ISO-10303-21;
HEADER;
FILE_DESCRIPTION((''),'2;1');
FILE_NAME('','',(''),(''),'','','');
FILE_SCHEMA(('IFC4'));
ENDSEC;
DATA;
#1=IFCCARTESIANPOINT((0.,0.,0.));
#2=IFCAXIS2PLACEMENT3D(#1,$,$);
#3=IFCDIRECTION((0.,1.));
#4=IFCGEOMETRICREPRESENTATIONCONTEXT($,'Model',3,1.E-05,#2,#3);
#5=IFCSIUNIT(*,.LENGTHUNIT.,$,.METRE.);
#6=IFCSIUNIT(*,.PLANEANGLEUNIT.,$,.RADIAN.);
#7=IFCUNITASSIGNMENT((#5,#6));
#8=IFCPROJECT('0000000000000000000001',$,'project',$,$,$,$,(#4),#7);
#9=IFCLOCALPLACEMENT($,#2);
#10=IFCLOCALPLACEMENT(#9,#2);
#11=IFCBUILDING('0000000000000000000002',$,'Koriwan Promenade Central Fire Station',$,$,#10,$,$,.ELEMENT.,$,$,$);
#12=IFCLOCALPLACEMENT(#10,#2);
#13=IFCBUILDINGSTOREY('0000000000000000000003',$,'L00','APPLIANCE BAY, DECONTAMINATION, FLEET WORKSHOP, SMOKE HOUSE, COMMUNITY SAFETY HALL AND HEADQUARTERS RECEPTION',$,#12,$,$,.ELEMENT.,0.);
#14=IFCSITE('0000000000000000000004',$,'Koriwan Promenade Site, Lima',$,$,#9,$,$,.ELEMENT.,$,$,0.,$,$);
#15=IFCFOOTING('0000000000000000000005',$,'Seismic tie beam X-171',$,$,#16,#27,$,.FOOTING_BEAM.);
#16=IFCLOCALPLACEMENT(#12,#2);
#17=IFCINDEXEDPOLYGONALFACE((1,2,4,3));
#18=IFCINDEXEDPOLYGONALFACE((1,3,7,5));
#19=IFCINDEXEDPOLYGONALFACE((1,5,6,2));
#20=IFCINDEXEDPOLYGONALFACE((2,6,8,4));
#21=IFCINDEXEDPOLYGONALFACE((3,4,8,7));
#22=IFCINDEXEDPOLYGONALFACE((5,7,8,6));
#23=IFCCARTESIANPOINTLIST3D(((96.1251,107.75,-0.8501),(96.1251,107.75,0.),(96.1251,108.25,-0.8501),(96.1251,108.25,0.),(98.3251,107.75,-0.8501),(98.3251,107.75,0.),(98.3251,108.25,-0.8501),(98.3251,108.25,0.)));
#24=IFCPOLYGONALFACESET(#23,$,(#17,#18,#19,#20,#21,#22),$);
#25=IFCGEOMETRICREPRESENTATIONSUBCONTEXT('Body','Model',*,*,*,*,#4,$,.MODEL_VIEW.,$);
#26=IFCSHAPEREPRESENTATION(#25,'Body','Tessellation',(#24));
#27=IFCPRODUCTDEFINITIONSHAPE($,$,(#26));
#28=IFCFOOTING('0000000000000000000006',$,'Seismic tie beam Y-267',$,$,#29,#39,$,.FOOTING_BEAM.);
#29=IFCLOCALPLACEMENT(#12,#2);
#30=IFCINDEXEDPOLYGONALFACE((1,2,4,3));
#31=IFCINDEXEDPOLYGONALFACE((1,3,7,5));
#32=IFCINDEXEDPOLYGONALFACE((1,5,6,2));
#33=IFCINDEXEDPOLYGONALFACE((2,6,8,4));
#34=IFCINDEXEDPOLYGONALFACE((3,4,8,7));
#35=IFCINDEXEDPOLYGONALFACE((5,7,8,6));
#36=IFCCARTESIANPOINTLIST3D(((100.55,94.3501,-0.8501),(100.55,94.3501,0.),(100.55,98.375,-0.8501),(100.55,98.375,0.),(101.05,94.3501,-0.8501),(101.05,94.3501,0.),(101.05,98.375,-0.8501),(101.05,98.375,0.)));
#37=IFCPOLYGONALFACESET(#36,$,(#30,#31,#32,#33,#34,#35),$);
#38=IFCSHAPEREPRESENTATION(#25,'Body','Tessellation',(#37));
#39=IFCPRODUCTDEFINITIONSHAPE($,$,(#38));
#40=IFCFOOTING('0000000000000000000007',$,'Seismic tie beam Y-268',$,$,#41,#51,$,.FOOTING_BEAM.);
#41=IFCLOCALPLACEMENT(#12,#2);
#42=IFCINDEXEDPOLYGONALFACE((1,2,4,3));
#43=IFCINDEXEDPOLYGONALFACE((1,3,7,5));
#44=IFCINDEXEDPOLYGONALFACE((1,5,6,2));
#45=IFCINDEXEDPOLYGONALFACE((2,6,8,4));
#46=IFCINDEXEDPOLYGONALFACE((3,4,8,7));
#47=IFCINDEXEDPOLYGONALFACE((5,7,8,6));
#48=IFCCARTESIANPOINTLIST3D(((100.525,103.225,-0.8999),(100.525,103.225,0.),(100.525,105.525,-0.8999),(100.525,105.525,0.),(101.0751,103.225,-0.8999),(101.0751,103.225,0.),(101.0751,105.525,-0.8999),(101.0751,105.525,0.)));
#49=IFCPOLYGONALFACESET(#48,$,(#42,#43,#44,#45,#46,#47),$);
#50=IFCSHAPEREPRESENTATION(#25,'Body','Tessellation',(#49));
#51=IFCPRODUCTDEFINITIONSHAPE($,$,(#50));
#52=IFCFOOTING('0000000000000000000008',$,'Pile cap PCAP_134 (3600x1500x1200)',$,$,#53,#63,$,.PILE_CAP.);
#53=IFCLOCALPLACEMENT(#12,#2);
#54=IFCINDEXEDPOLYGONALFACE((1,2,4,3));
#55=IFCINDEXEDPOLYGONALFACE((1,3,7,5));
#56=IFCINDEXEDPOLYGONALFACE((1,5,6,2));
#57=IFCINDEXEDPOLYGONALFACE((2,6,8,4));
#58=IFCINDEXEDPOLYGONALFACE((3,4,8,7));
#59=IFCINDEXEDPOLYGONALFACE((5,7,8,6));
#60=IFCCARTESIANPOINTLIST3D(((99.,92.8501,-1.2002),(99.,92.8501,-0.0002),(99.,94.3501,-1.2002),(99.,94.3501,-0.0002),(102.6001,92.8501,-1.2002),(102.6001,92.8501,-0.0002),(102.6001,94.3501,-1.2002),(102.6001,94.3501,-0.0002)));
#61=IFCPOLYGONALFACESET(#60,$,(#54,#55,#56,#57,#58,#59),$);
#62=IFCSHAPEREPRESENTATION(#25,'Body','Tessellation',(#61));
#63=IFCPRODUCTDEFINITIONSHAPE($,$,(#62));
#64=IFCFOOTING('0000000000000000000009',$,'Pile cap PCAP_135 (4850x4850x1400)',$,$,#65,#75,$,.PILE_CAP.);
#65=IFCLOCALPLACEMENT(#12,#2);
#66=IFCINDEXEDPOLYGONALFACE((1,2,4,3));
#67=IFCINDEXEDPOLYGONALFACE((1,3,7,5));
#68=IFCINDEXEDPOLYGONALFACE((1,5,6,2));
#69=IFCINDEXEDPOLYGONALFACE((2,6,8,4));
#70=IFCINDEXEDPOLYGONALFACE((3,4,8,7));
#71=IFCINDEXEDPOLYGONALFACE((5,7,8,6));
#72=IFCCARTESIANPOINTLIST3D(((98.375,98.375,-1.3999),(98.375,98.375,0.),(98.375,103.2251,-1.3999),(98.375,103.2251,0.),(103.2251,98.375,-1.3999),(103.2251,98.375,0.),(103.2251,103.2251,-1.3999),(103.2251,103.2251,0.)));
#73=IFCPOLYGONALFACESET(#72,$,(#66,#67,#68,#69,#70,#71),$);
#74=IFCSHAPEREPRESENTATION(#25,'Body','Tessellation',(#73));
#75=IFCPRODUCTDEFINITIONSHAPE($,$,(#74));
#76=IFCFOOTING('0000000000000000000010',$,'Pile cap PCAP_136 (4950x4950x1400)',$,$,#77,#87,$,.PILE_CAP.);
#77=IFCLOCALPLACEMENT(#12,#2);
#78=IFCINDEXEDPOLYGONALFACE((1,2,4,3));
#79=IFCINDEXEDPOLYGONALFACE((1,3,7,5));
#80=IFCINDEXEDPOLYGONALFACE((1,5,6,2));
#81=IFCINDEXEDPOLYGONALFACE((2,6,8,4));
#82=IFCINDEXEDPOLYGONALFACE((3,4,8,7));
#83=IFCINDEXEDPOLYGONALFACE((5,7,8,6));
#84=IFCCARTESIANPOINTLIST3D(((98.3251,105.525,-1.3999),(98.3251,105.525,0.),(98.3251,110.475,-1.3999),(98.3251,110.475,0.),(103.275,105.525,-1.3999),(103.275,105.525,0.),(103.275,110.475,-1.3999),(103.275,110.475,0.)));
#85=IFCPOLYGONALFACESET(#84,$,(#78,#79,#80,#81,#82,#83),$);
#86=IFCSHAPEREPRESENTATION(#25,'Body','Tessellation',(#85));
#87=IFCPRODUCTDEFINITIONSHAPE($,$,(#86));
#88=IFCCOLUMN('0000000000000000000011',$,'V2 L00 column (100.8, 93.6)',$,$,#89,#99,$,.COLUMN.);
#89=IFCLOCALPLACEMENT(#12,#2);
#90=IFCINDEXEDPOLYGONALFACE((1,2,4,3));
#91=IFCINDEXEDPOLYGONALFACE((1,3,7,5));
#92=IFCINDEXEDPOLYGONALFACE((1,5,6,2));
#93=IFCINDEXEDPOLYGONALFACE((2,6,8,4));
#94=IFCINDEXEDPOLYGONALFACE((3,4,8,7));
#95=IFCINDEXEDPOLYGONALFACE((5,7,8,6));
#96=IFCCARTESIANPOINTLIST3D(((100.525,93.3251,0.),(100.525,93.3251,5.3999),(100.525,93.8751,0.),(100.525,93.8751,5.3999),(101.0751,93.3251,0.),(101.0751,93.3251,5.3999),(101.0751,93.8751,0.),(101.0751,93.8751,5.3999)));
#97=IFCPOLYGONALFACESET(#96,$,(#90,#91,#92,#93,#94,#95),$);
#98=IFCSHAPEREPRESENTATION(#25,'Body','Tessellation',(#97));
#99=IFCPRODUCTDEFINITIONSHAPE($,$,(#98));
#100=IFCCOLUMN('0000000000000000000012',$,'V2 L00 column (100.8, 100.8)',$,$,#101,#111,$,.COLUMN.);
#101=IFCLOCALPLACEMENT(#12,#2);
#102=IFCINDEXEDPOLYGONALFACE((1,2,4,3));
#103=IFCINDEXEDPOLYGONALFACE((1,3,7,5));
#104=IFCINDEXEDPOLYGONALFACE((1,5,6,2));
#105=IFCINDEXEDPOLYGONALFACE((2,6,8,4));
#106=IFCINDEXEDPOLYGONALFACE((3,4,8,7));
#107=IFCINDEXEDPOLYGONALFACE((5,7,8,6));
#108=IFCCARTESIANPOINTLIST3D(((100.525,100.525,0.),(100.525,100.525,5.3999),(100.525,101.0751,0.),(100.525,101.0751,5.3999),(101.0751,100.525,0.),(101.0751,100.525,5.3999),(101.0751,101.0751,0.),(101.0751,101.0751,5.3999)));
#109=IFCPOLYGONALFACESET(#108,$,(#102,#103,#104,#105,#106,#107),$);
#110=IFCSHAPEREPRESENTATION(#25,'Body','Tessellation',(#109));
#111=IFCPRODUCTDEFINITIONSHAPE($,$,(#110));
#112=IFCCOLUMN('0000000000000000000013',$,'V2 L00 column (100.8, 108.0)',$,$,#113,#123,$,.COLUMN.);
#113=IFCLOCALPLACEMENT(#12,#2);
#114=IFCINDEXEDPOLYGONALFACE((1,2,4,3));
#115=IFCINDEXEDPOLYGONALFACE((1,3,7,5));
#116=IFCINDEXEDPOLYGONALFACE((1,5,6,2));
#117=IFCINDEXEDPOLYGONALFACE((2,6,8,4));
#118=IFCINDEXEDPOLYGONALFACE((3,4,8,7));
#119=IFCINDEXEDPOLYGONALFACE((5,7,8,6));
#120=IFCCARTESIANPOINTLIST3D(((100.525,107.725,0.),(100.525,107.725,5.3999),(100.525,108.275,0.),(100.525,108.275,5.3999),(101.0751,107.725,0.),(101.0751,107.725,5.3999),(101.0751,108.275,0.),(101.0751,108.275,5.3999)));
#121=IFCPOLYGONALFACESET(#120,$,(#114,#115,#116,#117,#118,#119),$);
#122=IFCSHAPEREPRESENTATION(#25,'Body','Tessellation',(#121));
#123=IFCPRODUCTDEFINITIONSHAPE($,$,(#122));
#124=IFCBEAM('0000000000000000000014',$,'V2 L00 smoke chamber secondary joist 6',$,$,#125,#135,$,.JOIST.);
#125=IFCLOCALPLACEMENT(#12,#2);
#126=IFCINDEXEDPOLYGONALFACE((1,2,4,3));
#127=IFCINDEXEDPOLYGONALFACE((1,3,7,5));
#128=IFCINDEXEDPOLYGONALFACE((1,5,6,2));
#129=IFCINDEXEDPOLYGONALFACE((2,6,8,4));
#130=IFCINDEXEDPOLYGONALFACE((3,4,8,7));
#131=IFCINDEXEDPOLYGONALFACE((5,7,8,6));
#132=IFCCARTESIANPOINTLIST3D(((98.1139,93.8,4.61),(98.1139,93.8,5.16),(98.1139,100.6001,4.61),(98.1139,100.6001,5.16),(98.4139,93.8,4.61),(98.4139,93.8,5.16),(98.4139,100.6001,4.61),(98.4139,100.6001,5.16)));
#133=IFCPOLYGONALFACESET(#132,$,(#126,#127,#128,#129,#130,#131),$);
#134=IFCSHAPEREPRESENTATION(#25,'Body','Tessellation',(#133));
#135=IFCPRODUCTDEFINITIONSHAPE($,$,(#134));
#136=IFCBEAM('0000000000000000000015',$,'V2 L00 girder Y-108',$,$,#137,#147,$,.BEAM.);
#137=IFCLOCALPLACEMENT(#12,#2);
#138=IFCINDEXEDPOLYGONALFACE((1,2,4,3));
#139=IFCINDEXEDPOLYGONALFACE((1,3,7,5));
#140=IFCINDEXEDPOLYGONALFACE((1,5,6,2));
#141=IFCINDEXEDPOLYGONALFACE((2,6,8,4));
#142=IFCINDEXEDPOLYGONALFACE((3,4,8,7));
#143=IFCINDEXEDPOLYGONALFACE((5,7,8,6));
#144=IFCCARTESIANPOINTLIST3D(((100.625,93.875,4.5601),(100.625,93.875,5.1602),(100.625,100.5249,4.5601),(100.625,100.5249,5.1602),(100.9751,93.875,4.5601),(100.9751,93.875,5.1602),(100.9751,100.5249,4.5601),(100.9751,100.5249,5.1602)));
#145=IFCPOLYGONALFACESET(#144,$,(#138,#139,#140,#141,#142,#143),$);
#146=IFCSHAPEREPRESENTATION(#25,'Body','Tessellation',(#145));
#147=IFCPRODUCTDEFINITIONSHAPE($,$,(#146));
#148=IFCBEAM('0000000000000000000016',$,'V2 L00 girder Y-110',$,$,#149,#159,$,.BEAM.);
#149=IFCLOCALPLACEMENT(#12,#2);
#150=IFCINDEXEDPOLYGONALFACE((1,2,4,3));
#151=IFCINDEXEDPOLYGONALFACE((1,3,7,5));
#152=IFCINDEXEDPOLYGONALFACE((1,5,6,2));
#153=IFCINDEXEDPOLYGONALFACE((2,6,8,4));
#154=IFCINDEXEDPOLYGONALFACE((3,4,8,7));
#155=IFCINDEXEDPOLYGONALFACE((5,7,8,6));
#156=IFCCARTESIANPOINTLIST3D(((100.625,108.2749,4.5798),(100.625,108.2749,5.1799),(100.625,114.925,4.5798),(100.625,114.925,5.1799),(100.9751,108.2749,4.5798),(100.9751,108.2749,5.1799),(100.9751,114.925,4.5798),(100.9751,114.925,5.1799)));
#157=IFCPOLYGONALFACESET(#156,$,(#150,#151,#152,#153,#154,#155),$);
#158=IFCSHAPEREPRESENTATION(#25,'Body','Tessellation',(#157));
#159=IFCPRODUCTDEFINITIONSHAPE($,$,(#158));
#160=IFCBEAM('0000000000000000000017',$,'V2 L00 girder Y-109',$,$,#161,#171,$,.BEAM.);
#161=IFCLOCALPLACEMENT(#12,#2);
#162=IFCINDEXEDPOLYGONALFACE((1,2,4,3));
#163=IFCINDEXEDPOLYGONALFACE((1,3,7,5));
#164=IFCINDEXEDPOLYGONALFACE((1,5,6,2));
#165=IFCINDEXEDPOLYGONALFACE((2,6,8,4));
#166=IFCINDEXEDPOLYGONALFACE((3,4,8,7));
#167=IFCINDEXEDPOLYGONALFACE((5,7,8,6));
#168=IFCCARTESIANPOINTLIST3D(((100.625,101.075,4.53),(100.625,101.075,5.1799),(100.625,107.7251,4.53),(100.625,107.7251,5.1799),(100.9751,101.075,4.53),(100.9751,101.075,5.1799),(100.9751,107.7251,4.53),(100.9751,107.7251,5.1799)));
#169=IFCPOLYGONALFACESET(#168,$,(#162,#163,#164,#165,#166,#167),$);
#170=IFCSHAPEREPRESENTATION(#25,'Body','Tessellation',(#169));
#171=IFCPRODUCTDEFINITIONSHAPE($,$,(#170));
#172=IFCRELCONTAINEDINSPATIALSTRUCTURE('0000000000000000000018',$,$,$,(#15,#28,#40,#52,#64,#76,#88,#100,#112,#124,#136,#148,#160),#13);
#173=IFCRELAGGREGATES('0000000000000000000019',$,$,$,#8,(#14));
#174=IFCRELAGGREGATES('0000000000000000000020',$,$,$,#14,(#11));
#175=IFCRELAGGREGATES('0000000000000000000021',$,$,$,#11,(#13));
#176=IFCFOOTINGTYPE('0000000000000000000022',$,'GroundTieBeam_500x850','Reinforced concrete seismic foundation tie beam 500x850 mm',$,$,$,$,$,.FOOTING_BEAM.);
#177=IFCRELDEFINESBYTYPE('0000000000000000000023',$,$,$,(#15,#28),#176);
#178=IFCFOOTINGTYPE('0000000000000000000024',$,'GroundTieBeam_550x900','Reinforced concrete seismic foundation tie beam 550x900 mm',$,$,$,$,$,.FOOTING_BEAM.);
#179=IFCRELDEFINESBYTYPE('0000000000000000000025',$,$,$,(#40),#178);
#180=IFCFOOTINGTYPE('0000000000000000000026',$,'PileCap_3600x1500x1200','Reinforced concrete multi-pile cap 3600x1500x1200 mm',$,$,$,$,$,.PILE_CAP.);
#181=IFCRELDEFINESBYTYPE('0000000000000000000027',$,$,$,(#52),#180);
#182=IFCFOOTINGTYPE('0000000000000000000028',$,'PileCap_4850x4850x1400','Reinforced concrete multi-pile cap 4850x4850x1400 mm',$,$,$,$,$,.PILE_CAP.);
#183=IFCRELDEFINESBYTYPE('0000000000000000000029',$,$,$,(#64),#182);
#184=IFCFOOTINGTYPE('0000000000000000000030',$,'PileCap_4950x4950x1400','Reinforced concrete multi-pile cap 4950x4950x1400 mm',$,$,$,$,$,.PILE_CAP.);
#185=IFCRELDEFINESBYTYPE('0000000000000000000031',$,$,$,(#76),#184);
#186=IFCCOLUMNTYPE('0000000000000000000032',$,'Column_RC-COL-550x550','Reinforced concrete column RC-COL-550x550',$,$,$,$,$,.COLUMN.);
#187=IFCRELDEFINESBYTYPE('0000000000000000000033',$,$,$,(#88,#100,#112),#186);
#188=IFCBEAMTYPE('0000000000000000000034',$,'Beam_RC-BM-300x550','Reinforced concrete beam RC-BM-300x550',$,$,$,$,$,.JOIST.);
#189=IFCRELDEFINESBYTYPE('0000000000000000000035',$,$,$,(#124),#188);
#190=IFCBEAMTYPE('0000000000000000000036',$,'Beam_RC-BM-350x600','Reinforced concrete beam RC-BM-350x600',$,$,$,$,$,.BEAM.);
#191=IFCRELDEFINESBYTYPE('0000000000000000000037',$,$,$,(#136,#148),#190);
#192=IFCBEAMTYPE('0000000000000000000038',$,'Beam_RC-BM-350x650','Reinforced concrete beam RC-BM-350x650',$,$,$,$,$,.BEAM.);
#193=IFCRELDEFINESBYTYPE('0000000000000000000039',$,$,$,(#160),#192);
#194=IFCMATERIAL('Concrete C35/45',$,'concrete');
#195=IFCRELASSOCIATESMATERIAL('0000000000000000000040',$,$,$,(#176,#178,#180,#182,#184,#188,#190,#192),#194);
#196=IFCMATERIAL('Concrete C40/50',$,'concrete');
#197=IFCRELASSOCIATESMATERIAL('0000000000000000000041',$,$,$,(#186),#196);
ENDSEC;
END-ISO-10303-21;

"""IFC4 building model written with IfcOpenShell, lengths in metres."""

from ifc_helpers import new_model, si_unit, direction, frame, origin, origin_2d, place, context, subcontext, project, spatial, rectangle, extrude, material, material_profile, profile_set, type_object, element, save


model = new_model("IFC4")

# Units and contexts
model_context = context("Model", 3, precision=1e-05, world=origin(), true_north=direction((0.0, 1.0)))
body_context = subcontext(model_context, "Body", "Model", "MODEL_VIEW")
ifc_project = project(units=[si_unit("LENGTHUNIT", "METRE"), si_unit("PLANEANGLEUNIT", "RADIAN")], contexts=[model_context])

# Site, building, storey
site_placement = place(None, origin())
site = spatial("IfcSite", under=ifc_project, at=site_placement, Name="Koriwan Promenade Site, Lima", CompositionType="ELEMENT", RefElevation=0.0)
building_placement = place(site_placement, origin())
building = spatial("IfcBuilding", under=site, at=building_placement, Name="Koriwan Promenade Central Fire Station", CompositionType="ELEMENT")
storey_placement = place(building_placement, origin())
storey = spatial("IfcBuildingStorey", under=building, at=storey_placement, Name="L00", Description="APPLIANCE BAY, DECONTAMINATION, FLEET WORKSHOP, SMOKE HOUSE, COMMUNITY SAFETY HALL AND HEADQUARTERS RECEPTION", CompositionType="ELEMENT", Elevation=0.0)

# Shared definitions
ifc_material_1 = material(Name="Concrete C35/45", Category="concrete")

# Footings
footing_type_1 = type_object("IfcFootingType", Name="GroundTieBeam_500x850", Description="Reinforced concrete seismic foundation tie beam 500x850 mm", PredefinedType="FOOTING_BEAM", material=ifc_material_1)
footing_1_placement = place(storey_placement, frame((97.2251, 108.0, -0.8501), z_axis=(0.0, 0.0, 1.0), x_axis=(1.0, 0.0, 0.0)))
element("IfcFooting", 1, at=footing_1_placement, inside=storey, type_object=footing_type_1, Name="Seismic tie beam X-171", PredefinedType="FOOTING_BEAM", context=body_context, shape_type="SweptSolid", body=[
    extrude(rectangle(XDim=2.2, YDim=0.5, at=origin_2d()), origin(), (0.0, 0.0, 1.0), 0.8501),
])
footing_2_placement = place(storey_placement, frame((100.8, 96.3625, -0.8501), z_axis=(0.0, 0.0, 1.0), x_axis=(0.0, 1.0, 0.0)))
element("IfcFooting", 2, at=footing_2_placement, inside=storey, type_object=footing_type_1, Name="Seismic tie beam Y-267", PredefinedType="FOOTING_BEAM", context=body_context, shape_type="SweptSolid", body=[
    extrude(rectangle(XDim=4.0249, YDim=0.5, at=origin_2d()), origin(), (0.0, 0.0, 1.0), 0.8501),
])
footing_type_2 = type_object("IfcFootingType", Name="GroundTieBeam_550x900", Description="Reinforced concrete seismic foundation tie beam 550x900 mm", PredefinedType="FOOTING_BEAM", material=ifc_material_1)
footing_3_placement = place(storey_placement, frame((100.8, 104.375, -0.8999), z_axis=(0.0, 0.0, 1.0), x_axis=(0.0, 1.0, 0.0)))
element("IfcFooting", 3, at=footing_3_placement, inside=storey, type_object=footing_type_2, Name="Seismic tie beam Y-268", PredefinedType="FOOTING_BEAM", context=body_context, shape_type="SweptSolid", body=[
    extrude(rectangle(XDim=2.3, YDim=0.55, at=origin_2d()), origin(), (0.0, 0.0, 1.0), 0.8999),
])
footing_type_3 = type_object("IfcFootingType", Name="PileCap_3600x1500x1200", Description="Reinforced concrete multi-pile cap 3600x1500x1200 mm", PredefinedType="PILE_CAP", material=ifc_material_1)
footing_4_placement = place(storey_placement, frame((100.8, 93.6001, -1.2002), z_axis=(0.0, 0.0, 1.0), x_axis=(1.0, 0.0, 0.0)))
element("IfcFooting", 4, at=footing_4_placement, inside=storey, type_object=footing_type_3, Name="Pile cap PCAP_134 (3600x1500x1200)", PredefinedType="PILE_CAP", context=body_context, shape_type="SweptSolid", body=[
    extrude(rectangle(XDim=3.6001, YDim=1.5, at=origin_2d()), origin(), (0.0, 0.0, 1.0), 1.2),
])
footing_type_4 = type_object("IfcFootingType", Name="PileCap_4850x4850x1400", Description="Reinforced concrete multi-pile cap 4850x4850x1400 mm", PredefinedType="PILE_CAP", material=ifc_material_1)
footing_5_placement = place(storey_placement, frame((100.8, 100.8, -1.3999), z_axis=(0.0, 0.0, 1.0), x_axis=(1.0, 0.0, 0.0)))
element("IfcFooting", 5, at=footing_5_placement, inside=storey, type_object=footing_type_4, Name="Pile cap PCAP_135 (4850x4850x1400)", PredefinedType="PILE_CAP", context=body_context, shape_type="SweptSolid", body=[
    extrude(rectangle(XDim=4.8501, YDim=4.8501, at=origin_2d()), origin(), (0.0, 0.0, 1.0), 1.3999),
])
footing_type_5 = type_object("IfcFootingType", Name="PileCap_4950x4950x1400", Description="Reinforced concrete multi-pile cap 4950x4950x1400 mm", PredefinedType="PILE_CAP", material=ifc_material_1)
footing_6_placement = place(storey_placement, frame((100.8, 108.0, -1.3999), z_axis=(0.0, 0.0, 1.0), x_axis=(1.0, 0.0, 0.0)))
element("IfcFooting", 6, at=footing_6_placement, inside=storey, type_object=footing_type_5, Name="Pile cap PCAP_136 (4950x4950x1400)", PredefinedType="PILE_CAP", context=body_context, shape_type="SweptSolid", body=[
    extrude(rectangle(XDim=4.95, YDim=4.95, at=origin_2d()), origin(), (0.0, 0.0, 1.0), 1.3999),
])

# Columns
ifc_material_2 = material(Name="Concrete C40/50", Category="concrete")
ifc_material_profile_1 = material_profile(ifc_material_2, rectangle(XDim=0.55, YDim=0.55, at=origin_2d()), Name="RC-COL-550x550")
ifc_profile_set_1 = profile_set([ifc_material_profile_1], Name="Concrete C40/50")
column_type = type_object("IfcColumnType", Name="Column_RC-COL-550x550", Description="Reinforced concrete column RC-COL-550x550", PredefinedType="COLUMN", material=ifc_profile_set_1)
for number, where, z_axis, x_axis, name in (
    (7, (100.8, 93.6001, 0.0), (0.0, 0.0, 1.0), (1.0, 0.0, 0.0), "V2 L00 column (100.8, 93.6)"),
    (8, (100.8, 100.8, 0.0), (0.0, 0.0, 1.0), (1.0, 0.0, 0.0), "V2 L00 column (100.8, 100.8)"),
    (9, (100.8, 108.0, 0.0), (0.0, 0.0, 1.0), (1.0, 0.0, 0.0), "V2 L00 column (100.8, 108.0)"),
):
    element("IfcColumn", number, at=place(storey_placement, frame(where, z_axis=z_axis, x_axis=x_axis)), inside=storey, type_object=column_type, Name=name, PredefinedType="COLUMN", context=body_context, shape_type="SweptSolid", body=[
        extrude(rectangle(XDim=0.55, YDim=0.55, at=origin_2d()), origin(), (0.0, 0.0, 1.0), 5.3999),
    ])

# Beams
ifc_material_profile_2 = material_profile(ifc_material_1, rectangle(XDim=0.3, YDim=0.55, at=origin_2d()), Name="RC-BM-300x550")
ifc_profile_set_2 = profile_set([ifc_material_profile_2], Name="Concrete C35/45")
beam_type_1 = type_object("IfcBeamType", Name="Beam_RC-BM-300x550", Description="Reinforced concrete beam RC-BM-300x550", PredefinedType="JOIST", material=ifc_profile_set_2)
beam_1_placement = place(storey_placement, frame((98.2639, 93.8, 4.885), z_axis=(0.0, 1.0, 0.0), x_axis=(-1.0, 0.0, 0.0)))
element("IfcBeam", 10, at=beam_1_placement, inside=storey, type_object=beam_type_1, Name="V2 L00 smoke chamber secondary joist 6", PredefinedType="JOIST", context=body_context, shape_type="SweptSolid", body=[
    extrude(rectangle(XDim=0.3, YDim=0.55, at=origin_2d()), origin(), (0.0, 0.0, 1.0), 6.8),
])
ifc_material_profile_3 = material_profile(ifc_material_1, rectangle(XDim=0.3501, YDim=0.6001, at=origin_2d()), Name="RC-BM-350x600")
ifc_profile_set_3 = profile_set([ifc_material_profile_3], Name="Concrete C35/45")
beam_type_2 = type_object("IfcBeamType", Name="Beam_RC-BM-350x600", Description="Reinforced concrete beam RC-BM-350x600", PredefinedType="BEAM", material=ifc_profile_set_3)
beam_2_placement = place(storey_placement, frame((100.8, 93.875, 4.8601), z_axis=(0.0, 1.0, 0.0), x_axis=(-1.0, 0.0, 0.0)))
element("IfcBeam", 11, at=beam_2_placement, inside=storey, type_object=beam_type_2, Name="V2 L00 girder Y-108", PredefinedType="BEAM", context=body_context, shape_type="SweptSolid", body=[
    extrude(rectangle(XDim=0.3501, YDim=0.6001, at=origin_2d()), origin(), (0.0, 0.0, 1.0), 6.6499),
])
beam_3_placement = place(storey_placement, frame((100.8, 108.2749, 4.8799), z_axis=(0.0, 1.0, 0.0), x_axis=(-1.0, 0.0, 0.0)))
element("IfcBeam", 12, at=beam_3_placement, inside=storey, type_object=beam_type_2, Name="V2 L00 girder Y-110", PredefinedType="BEAM", context=body_context, shape_type="SweptSolid", body=[
    extrude(rectangle(XDim=0.3501, YDim=0.6001, at=origin_2d()), origin(), (0.0, 0.0, 1.0), 6.6501),
])
ifc_material_profile_4 = material_profile(ifc_material_1, rectangle(XDim=0.3501, YDim=0.6499, at=origin_2d()), Name="RC-BM-350x650")
ifc_profile_set_4 = profile_set([ifc_material_profile_4], Name="Concrete C35/45")
beam_type_3 = type_object("IfcBeamType", Name="Beam_RC-BM-350x650", Description="Reinforced concrete beam RC-BM-350x650", PredefinedType="BEAM", material=ifc_profile_set_4)
beam_4_placement = place(storey_placement, frame((100.8, 101.075, 4.855), z_axis=(0.0, 1.0, 0.0), x_axis=(-1.0, 0.0, 0.0)))
element("IfcBeam", 13, at=beam_4_placement, inside=storey, type_object=beam_type_3, Name="V2 L00 girder Y-109", PredefinedType="BEAM", context=body_context, shape_type="SweptSolid", body=[
    extrude(rectangle(XDim=0.3501, YDim=0.6499, at=origin_2d()), origin(), (0.0, 0.0, 1.0), 6.6501),
])

save(model, "model.ifc")
